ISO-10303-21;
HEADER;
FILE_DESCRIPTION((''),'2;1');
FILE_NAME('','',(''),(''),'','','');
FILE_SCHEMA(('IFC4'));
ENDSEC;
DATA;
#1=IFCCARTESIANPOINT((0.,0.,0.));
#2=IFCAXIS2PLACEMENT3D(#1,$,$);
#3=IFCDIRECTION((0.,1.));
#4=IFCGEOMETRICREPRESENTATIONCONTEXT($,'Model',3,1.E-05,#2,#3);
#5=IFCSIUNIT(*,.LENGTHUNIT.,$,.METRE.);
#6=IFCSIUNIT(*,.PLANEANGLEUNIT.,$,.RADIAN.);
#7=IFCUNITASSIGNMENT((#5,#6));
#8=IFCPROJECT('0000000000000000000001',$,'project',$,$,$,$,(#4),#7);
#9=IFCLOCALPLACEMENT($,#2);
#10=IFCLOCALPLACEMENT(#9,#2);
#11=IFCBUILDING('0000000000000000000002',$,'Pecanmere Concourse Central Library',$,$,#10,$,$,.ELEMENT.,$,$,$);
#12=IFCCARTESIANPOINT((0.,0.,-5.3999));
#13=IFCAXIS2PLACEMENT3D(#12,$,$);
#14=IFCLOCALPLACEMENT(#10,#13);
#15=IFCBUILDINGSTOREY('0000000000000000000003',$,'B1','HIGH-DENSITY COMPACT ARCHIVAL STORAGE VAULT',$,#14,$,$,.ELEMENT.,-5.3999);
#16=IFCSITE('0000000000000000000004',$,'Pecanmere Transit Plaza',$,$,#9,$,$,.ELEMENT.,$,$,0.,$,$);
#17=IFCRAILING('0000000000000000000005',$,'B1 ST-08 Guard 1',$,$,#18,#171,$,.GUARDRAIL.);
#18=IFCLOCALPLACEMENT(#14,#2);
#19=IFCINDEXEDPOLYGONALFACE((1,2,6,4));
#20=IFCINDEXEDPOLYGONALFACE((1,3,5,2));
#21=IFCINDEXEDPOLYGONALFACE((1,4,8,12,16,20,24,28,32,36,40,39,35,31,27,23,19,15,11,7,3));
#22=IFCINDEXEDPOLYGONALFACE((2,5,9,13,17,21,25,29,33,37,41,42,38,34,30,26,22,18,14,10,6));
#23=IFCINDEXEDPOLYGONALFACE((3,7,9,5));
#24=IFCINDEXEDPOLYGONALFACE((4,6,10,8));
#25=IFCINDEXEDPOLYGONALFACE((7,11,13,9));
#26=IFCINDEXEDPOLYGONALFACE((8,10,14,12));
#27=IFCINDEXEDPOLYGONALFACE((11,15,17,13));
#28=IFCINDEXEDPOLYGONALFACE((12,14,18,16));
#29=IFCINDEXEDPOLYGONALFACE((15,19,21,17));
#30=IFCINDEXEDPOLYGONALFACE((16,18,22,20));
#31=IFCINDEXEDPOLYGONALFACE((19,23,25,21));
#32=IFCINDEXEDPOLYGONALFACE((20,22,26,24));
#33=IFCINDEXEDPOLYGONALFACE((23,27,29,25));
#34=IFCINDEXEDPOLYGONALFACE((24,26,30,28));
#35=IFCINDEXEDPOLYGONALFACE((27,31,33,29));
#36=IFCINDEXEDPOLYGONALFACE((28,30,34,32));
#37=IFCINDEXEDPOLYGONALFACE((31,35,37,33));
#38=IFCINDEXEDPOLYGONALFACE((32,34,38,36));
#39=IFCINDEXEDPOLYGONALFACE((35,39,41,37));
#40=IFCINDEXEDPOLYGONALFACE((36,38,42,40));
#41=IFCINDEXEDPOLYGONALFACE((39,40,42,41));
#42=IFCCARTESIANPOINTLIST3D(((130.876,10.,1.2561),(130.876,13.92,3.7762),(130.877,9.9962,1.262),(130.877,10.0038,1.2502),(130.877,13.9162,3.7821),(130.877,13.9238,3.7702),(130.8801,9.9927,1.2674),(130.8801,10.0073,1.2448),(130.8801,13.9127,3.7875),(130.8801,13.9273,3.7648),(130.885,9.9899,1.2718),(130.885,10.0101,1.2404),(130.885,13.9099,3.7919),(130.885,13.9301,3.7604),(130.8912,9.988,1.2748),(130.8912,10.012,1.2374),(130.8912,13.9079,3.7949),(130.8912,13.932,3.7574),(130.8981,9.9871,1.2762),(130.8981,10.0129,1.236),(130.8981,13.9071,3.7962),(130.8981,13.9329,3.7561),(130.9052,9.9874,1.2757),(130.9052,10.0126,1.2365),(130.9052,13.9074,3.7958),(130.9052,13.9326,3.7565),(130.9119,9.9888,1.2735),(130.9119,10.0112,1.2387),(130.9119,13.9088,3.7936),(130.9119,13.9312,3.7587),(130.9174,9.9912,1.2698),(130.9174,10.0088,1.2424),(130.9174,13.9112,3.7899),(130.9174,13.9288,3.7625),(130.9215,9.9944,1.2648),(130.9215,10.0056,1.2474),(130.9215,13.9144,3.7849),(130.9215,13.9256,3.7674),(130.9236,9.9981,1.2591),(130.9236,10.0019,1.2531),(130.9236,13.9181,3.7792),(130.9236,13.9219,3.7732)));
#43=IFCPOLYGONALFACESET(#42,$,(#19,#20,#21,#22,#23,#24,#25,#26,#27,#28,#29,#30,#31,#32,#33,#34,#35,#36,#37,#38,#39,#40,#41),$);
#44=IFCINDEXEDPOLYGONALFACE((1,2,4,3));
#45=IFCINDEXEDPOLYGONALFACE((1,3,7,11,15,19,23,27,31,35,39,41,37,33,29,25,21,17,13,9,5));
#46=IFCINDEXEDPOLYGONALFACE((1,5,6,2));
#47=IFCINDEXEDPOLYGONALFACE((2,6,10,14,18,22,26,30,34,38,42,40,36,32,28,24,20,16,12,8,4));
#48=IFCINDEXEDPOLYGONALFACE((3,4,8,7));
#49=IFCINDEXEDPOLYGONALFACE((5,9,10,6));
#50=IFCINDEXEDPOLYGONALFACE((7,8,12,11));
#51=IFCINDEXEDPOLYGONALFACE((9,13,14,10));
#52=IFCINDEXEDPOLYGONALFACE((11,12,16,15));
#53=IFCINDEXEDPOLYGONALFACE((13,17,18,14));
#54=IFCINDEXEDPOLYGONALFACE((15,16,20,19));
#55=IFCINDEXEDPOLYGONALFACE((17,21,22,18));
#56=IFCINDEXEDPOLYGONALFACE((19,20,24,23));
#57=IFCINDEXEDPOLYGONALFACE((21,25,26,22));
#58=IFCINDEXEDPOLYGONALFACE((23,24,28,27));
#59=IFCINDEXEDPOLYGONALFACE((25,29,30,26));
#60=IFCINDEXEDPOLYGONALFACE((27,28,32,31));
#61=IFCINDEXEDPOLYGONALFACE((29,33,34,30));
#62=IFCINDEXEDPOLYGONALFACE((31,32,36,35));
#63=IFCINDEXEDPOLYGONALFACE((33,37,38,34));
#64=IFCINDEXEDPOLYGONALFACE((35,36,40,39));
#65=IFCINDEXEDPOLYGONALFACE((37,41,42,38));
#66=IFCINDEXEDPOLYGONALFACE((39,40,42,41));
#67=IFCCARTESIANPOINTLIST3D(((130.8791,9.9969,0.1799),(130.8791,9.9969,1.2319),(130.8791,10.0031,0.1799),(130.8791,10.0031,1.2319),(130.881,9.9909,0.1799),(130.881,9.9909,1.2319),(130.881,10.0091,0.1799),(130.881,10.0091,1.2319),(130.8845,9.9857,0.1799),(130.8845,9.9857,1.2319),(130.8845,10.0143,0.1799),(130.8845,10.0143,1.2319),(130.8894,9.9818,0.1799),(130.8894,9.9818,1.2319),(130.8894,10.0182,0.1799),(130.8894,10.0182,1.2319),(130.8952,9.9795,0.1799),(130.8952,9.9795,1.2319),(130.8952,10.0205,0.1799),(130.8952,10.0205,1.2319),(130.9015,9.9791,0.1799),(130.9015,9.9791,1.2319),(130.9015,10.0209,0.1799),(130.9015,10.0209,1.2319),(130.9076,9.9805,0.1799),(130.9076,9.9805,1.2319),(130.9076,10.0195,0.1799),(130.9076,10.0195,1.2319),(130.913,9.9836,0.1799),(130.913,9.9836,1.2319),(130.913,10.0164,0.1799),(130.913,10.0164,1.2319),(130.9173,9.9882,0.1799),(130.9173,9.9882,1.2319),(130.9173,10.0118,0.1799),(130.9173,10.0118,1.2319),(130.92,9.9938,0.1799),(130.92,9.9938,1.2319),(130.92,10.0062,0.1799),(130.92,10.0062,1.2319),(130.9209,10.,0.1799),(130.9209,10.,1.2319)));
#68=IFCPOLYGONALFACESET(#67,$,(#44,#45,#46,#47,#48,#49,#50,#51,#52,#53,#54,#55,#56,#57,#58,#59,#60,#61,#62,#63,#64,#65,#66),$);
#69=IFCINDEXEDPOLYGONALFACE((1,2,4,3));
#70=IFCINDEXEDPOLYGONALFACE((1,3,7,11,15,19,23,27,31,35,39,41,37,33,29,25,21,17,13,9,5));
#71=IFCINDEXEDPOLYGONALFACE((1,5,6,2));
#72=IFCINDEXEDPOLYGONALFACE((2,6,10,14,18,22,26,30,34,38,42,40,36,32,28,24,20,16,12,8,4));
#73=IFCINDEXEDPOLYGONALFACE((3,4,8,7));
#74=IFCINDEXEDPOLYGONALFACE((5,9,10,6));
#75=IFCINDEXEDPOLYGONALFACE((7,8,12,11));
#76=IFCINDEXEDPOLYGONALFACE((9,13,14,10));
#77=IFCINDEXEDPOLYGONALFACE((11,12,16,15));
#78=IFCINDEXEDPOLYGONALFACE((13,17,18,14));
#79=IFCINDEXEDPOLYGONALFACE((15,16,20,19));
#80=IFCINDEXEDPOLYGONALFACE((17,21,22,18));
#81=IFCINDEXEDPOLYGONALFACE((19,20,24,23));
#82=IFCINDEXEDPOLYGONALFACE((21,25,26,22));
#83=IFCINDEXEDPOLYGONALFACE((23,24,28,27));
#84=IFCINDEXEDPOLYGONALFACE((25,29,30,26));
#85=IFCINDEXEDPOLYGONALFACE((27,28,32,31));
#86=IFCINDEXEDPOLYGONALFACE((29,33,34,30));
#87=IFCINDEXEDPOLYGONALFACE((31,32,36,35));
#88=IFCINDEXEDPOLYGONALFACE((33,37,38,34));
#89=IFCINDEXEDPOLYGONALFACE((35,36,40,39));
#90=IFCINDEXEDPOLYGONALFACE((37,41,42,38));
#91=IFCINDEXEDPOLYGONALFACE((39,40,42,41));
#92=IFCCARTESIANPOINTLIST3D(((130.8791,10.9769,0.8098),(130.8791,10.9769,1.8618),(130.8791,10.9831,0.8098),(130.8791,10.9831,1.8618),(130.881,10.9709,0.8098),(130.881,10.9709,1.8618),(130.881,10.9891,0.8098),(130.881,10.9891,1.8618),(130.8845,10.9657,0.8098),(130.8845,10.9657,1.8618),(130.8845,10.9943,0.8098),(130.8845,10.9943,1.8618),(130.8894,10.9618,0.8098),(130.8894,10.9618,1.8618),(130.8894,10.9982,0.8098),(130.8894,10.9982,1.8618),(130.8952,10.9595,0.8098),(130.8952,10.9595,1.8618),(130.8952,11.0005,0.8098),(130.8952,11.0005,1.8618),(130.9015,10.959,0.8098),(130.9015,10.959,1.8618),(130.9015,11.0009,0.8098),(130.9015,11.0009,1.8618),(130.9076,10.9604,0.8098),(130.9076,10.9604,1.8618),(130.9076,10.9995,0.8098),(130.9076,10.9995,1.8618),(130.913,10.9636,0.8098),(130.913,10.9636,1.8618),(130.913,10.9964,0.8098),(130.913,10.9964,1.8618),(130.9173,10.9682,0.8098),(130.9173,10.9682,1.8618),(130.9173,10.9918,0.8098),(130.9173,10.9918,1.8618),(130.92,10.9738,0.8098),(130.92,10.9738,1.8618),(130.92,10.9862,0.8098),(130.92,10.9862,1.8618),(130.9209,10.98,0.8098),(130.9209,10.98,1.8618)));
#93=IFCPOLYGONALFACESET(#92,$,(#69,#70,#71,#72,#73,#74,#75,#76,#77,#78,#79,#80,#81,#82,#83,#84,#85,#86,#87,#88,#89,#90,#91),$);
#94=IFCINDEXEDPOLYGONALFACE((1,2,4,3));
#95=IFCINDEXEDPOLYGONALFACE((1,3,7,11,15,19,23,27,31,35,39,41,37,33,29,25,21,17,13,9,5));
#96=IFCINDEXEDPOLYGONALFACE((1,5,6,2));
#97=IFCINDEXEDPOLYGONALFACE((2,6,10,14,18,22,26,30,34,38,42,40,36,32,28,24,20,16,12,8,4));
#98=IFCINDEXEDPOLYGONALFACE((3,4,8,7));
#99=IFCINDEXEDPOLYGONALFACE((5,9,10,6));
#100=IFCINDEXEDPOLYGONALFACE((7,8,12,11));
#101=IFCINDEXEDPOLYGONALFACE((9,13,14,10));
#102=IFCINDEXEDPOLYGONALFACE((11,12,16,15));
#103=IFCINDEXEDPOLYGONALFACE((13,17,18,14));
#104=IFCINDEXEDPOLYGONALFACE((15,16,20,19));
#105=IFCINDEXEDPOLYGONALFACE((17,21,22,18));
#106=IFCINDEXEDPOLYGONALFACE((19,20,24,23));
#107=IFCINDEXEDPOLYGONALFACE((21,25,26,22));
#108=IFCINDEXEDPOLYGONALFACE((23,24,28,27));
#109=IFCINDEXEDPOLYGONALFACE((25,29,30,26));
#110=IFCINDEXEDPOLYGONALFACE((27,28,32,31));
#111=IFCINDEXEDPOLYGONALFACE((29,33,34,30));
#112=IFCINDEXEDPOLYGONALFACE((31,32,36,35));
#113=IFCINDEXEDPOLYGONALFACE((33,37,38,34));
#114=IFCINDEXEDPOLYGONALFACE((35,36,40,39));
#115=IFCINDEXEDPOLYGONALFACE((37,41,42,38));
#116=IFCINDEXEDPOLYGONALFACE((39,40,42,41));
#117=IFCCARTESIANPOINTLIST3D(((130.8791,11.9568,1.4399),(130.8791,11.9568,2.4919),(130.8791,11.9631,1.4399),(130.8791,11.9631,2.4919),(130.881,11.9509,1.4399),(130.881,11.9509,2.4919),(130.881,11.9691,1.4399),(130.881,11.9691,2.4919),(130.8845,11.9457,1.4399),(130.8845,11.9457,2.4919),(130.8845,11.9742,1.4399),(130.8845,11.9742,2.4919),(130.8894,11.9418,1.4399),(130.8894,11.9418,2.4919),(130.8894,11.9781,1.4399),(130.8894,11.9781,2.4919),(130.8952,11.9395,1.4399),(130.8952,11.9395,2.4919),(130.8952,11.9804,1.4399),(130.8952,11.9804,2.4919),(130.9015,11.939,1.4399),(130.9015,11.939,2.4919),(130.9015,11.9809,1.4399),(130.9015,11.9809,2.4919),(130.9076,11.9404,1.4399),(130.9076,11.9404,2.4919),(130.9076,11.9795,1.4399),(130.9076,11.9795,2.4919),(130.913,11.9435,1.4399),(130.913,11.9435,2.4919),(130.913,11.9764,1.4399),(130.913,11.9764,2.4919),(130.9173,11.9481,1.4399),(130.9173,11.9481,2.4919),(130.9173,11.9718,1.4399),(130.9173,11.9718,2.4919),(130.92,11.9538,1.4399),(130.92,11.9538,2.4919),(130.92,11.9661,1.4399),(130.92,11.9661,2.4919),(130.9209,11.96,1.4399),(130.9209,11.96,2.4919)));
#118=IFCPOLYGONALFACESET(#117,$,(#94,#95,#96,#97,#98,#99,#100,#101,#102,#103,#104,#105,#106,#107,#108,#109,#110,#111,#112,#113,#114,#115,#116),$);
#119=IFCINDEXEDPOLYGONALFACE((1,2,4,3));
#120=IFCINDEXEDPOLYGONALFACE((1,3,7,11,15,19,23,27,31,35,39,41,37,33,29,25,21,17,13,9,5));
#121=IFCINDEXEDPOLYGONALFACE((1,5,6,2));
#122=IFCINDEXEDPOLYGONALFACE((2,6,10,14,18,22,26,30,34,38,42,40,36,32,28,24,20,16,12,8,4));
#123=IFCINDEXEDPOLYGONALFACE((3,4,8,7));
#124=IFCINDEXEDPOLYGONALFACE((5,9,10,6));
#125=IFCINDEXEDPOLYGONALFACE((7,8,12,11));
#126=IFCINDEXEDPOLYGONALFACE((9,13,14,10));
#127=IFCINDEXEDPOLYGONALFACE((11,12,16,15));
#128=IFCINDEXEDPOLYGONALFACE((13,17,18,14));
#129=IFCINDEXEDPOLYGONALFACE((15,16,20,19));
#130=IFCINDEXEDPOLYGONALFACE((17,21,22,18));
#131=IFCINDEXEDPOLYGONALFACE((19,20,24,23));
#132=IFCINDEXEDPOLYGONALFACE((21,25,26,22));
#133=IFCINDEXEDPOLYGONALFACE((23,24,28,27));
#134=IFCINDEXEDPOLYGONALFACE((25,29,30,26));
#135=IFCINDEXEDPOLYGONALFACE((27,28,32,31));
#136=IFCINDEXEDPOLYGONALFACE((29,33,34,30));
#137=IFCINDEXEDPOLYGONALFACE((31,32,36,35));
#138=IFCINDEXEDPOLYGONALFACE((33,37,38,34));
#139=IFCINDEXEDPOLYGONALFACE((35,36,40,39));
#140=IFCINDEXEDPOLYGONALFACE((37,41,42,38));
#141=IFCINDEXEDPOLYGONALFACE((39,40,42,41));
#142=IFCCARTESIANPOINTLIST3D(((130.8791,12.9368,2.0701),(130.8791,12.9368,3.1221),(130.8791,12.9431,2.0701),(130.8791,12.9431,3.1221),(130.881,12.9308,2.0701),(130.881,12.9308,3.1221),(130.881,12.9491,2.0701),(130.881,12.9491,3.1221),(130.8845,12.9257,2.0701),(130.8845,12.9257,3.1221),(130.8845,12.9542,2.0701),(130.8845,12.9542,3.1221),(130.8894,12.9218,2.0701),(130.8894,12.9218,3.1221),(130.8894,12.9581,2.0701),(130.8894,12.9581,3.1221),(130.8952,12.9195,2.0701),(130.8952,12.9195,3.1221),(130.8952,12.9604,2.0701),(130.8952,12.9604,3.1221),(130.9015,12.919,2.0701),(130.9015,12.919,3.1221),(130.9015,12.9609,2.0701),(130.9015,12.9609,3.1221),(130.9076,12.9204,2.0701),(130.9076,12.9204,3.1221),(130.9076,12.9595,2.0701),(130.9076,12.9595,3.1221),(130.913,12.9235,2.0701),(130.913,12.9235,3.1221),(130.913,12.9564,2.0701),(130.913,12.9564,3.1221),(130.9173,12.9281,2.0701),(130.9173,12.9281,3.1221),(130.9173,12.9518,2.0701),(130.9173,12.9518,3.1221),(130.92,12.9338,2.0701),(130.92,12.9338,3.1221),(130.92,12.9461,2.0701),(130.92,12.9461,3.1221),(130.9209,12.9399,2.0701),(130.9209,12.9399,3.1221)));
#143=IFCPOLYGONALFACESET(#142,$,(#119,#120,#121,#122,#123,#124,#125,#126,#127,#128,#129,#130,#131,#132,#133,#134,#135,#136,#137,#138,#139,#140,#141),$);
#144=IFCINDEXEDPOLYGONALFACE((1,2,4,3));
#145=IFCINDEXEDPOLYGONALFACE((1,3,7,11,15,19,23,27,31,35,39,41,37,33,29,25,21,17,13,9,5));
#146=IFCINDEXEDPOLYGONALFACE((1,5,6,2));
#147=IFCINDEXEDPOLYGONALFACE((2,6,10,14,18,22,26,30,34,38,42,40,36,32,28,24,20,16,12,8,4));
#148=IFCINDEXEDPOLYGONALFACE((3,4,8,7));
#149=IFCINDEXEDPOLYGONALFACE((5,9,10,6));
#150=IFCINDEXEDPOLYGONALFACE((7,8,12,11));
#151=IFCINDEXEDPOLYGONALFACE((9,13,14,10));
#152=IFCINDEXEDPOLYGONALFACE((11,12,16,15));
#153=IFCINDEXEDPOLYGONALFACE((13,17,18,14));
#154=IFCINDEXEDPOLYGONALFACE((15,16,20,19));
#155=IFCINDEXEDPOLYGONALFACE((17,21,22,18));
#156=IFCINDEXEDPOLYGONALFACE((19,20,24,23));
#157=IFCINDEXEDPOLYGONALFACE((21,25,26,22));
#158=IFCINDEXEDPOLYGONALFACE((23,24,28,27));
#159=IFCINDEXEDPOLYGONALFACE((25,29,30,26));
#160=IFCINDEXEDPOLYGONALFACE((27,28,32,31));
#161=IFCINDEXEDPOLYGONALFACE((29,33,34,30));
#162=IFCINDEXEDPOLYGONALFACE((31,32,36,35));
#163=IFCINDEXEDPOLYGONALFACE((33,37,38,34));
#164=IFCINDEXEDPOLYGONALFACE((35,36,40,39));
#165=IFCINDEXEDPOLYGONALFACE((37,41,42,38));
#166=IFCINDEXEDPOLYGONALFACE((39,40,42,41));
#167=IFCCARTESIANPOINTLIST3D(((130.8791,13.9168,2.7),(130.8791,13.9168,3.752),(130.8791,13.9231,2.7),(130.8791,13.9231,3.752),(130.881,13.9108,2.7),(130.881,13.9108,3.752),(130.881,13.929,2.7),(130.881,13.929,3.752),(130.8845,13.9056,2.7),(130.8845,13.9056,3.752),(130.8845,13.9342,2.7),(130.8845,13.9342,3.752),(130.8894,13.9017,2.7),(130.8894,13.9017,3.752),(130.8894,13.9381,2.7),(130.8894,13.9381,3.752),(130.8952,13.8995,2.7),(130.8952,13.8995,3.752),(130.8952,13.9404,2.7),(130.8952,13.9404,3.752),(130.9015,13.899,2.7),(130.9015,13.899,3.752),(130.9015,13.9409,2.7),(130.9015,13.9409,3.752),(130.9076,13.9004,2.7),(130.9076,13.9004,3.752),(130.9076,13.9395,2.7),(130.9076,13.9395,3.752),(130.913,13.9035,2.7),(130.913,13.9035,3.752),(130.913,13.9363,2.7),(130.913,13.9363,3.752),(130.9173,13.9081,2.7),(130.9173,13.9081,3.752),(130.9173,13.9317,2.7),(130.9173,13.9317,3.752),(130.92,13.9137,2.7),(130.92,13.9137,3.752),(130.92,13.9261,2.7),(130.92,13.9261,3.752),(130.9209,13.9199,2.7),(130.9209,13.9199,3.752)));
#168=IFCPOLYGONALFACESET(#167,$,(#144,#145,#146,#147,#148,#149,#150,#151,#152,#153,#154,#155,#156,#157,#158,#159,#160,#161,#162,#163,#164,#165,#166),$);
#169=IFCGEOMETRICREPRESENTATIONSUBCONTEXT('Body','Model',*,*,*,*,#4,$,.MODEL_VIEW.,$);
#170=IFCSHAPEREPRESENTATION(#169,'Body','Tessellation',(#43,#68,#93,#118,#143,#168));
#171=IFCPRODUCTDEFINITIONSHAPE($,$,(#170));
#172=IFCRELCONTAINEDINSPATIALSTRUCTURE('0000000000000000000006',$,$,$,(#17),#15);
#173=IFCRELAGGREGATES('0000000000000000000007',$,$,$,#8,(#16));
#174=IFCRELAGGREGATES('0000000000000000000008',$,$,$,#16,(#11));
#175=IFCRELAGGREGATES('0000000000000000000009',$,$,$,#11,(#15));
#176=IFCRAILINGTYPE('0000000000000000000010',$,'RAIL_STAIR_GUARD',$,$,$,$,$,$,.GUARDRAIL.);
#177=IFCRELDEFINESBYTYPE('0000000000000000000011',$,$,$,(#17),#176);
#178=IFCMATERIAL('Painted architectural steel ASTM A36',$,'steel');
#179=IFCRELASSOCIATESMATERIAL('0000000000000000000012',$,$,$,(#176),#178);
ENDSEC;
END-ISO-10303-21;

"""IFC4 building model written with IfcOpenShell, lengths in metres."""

from ifc_helpers import new_model, si_unit, direction, frame, origin, origin_2d, place, context, subcontext, project, spatial, circle, extrude, material, type_object, element, save


model = new_model("IFC4")

# Units and contexts
model_context = context("Model", 3, precision=1e-05, world=origin(), true_north=direction((0.0, 1.0)))
body_context = subcontext(model_context, "Body", "Model", "MODEL_VIEW")
ifc_project = project(units=[si_unit("LENGTHUNIT", "METRE"), si_unit("PLANEANGLEUNIT", "RADIAN")], contexts=[model_context])

# Site, building, storey
site_placement = place(None, origin())
site = spatial("IfcSite", under=ifc_project, at=site_placement, Name="Pecanmere Transit Plaza", CompositionType="ELEMENT", RefElevation=0.0)
building_placement = place(site_placement, origin())
building = spatial("IfcBuilding", under=site, at=building_placement, Name="Pecanmere Concourse Central Library", CompositionType="ELEMENT")
storey_placement = place(building_placement, frame((0.0, 0.0, -5.3999)))
storey = spatial("IfcBuildingStorey", under=building, at=storey_placement, Name="B1", Description="HIGH-DENSITY COMPACT ARCHIVAL STORAGE VAULT", CompositionType="ELEMENT", Elevation=-5.3999)

# Railing
ifc_material_1 = material(Name="Painted architectural steel ASTM A36", Category="steel")
railing_type_1 = type_object("IfcRailingType", Name="RAIL_STAIR_GUARD", PredefinedType="GUARDRAIL", material=ifc_material_1)
railing_1_placement = place(storey_placement, frame((130.8999, 10.0, 0.1799)))
element("IfcRailing", 1, at=railing_1_placement, inside=storey, type_object=railing_type_1, Name="B1 ST-08 Guard 1", PredefinedType="GUARDRAIL", context=body_context, shape_type="SweptSolid", body=[
    extrude(circle(Radius=0.0239, at=origin_2d()), frame((0.0, 0.0, 1.0762), z_axis=(0.0, 0.841172, 0.540768), x_axis=(-1.0, 0.0, 0.0)), (0.0, 0.0, 1.0), 4.6602),
    extrude(circle(Radius=0.021, at=origin_2d()), origin(), (0.0, 0.0, 1.0), 1.052),
    extrude(circle(Radius=0.021, at=origin_2d()), frame((0.0, 0.98, 0.6299)), (0.0, 0.0, 1.0), 1.052),
    extrude(circle(Radius=0.021, at=origin_2d()), frame((0.0, 1.96, 1.26)), (0.0, 0.0, 1.0), 1.052),
    extrude(circle(Radius=0.021, at=origin_2d()), frame((0.0, 2.9399, 1.8901)), (0.0, 0.0, 1.0), 1.052),
    extrude(circle(Radius=0.021, at=origin_2d()), frame((0.0, 3.9199, 2.52)), (0.0, 0.0, 1.0), 1.052),
])

save(model, "model.ifc")
